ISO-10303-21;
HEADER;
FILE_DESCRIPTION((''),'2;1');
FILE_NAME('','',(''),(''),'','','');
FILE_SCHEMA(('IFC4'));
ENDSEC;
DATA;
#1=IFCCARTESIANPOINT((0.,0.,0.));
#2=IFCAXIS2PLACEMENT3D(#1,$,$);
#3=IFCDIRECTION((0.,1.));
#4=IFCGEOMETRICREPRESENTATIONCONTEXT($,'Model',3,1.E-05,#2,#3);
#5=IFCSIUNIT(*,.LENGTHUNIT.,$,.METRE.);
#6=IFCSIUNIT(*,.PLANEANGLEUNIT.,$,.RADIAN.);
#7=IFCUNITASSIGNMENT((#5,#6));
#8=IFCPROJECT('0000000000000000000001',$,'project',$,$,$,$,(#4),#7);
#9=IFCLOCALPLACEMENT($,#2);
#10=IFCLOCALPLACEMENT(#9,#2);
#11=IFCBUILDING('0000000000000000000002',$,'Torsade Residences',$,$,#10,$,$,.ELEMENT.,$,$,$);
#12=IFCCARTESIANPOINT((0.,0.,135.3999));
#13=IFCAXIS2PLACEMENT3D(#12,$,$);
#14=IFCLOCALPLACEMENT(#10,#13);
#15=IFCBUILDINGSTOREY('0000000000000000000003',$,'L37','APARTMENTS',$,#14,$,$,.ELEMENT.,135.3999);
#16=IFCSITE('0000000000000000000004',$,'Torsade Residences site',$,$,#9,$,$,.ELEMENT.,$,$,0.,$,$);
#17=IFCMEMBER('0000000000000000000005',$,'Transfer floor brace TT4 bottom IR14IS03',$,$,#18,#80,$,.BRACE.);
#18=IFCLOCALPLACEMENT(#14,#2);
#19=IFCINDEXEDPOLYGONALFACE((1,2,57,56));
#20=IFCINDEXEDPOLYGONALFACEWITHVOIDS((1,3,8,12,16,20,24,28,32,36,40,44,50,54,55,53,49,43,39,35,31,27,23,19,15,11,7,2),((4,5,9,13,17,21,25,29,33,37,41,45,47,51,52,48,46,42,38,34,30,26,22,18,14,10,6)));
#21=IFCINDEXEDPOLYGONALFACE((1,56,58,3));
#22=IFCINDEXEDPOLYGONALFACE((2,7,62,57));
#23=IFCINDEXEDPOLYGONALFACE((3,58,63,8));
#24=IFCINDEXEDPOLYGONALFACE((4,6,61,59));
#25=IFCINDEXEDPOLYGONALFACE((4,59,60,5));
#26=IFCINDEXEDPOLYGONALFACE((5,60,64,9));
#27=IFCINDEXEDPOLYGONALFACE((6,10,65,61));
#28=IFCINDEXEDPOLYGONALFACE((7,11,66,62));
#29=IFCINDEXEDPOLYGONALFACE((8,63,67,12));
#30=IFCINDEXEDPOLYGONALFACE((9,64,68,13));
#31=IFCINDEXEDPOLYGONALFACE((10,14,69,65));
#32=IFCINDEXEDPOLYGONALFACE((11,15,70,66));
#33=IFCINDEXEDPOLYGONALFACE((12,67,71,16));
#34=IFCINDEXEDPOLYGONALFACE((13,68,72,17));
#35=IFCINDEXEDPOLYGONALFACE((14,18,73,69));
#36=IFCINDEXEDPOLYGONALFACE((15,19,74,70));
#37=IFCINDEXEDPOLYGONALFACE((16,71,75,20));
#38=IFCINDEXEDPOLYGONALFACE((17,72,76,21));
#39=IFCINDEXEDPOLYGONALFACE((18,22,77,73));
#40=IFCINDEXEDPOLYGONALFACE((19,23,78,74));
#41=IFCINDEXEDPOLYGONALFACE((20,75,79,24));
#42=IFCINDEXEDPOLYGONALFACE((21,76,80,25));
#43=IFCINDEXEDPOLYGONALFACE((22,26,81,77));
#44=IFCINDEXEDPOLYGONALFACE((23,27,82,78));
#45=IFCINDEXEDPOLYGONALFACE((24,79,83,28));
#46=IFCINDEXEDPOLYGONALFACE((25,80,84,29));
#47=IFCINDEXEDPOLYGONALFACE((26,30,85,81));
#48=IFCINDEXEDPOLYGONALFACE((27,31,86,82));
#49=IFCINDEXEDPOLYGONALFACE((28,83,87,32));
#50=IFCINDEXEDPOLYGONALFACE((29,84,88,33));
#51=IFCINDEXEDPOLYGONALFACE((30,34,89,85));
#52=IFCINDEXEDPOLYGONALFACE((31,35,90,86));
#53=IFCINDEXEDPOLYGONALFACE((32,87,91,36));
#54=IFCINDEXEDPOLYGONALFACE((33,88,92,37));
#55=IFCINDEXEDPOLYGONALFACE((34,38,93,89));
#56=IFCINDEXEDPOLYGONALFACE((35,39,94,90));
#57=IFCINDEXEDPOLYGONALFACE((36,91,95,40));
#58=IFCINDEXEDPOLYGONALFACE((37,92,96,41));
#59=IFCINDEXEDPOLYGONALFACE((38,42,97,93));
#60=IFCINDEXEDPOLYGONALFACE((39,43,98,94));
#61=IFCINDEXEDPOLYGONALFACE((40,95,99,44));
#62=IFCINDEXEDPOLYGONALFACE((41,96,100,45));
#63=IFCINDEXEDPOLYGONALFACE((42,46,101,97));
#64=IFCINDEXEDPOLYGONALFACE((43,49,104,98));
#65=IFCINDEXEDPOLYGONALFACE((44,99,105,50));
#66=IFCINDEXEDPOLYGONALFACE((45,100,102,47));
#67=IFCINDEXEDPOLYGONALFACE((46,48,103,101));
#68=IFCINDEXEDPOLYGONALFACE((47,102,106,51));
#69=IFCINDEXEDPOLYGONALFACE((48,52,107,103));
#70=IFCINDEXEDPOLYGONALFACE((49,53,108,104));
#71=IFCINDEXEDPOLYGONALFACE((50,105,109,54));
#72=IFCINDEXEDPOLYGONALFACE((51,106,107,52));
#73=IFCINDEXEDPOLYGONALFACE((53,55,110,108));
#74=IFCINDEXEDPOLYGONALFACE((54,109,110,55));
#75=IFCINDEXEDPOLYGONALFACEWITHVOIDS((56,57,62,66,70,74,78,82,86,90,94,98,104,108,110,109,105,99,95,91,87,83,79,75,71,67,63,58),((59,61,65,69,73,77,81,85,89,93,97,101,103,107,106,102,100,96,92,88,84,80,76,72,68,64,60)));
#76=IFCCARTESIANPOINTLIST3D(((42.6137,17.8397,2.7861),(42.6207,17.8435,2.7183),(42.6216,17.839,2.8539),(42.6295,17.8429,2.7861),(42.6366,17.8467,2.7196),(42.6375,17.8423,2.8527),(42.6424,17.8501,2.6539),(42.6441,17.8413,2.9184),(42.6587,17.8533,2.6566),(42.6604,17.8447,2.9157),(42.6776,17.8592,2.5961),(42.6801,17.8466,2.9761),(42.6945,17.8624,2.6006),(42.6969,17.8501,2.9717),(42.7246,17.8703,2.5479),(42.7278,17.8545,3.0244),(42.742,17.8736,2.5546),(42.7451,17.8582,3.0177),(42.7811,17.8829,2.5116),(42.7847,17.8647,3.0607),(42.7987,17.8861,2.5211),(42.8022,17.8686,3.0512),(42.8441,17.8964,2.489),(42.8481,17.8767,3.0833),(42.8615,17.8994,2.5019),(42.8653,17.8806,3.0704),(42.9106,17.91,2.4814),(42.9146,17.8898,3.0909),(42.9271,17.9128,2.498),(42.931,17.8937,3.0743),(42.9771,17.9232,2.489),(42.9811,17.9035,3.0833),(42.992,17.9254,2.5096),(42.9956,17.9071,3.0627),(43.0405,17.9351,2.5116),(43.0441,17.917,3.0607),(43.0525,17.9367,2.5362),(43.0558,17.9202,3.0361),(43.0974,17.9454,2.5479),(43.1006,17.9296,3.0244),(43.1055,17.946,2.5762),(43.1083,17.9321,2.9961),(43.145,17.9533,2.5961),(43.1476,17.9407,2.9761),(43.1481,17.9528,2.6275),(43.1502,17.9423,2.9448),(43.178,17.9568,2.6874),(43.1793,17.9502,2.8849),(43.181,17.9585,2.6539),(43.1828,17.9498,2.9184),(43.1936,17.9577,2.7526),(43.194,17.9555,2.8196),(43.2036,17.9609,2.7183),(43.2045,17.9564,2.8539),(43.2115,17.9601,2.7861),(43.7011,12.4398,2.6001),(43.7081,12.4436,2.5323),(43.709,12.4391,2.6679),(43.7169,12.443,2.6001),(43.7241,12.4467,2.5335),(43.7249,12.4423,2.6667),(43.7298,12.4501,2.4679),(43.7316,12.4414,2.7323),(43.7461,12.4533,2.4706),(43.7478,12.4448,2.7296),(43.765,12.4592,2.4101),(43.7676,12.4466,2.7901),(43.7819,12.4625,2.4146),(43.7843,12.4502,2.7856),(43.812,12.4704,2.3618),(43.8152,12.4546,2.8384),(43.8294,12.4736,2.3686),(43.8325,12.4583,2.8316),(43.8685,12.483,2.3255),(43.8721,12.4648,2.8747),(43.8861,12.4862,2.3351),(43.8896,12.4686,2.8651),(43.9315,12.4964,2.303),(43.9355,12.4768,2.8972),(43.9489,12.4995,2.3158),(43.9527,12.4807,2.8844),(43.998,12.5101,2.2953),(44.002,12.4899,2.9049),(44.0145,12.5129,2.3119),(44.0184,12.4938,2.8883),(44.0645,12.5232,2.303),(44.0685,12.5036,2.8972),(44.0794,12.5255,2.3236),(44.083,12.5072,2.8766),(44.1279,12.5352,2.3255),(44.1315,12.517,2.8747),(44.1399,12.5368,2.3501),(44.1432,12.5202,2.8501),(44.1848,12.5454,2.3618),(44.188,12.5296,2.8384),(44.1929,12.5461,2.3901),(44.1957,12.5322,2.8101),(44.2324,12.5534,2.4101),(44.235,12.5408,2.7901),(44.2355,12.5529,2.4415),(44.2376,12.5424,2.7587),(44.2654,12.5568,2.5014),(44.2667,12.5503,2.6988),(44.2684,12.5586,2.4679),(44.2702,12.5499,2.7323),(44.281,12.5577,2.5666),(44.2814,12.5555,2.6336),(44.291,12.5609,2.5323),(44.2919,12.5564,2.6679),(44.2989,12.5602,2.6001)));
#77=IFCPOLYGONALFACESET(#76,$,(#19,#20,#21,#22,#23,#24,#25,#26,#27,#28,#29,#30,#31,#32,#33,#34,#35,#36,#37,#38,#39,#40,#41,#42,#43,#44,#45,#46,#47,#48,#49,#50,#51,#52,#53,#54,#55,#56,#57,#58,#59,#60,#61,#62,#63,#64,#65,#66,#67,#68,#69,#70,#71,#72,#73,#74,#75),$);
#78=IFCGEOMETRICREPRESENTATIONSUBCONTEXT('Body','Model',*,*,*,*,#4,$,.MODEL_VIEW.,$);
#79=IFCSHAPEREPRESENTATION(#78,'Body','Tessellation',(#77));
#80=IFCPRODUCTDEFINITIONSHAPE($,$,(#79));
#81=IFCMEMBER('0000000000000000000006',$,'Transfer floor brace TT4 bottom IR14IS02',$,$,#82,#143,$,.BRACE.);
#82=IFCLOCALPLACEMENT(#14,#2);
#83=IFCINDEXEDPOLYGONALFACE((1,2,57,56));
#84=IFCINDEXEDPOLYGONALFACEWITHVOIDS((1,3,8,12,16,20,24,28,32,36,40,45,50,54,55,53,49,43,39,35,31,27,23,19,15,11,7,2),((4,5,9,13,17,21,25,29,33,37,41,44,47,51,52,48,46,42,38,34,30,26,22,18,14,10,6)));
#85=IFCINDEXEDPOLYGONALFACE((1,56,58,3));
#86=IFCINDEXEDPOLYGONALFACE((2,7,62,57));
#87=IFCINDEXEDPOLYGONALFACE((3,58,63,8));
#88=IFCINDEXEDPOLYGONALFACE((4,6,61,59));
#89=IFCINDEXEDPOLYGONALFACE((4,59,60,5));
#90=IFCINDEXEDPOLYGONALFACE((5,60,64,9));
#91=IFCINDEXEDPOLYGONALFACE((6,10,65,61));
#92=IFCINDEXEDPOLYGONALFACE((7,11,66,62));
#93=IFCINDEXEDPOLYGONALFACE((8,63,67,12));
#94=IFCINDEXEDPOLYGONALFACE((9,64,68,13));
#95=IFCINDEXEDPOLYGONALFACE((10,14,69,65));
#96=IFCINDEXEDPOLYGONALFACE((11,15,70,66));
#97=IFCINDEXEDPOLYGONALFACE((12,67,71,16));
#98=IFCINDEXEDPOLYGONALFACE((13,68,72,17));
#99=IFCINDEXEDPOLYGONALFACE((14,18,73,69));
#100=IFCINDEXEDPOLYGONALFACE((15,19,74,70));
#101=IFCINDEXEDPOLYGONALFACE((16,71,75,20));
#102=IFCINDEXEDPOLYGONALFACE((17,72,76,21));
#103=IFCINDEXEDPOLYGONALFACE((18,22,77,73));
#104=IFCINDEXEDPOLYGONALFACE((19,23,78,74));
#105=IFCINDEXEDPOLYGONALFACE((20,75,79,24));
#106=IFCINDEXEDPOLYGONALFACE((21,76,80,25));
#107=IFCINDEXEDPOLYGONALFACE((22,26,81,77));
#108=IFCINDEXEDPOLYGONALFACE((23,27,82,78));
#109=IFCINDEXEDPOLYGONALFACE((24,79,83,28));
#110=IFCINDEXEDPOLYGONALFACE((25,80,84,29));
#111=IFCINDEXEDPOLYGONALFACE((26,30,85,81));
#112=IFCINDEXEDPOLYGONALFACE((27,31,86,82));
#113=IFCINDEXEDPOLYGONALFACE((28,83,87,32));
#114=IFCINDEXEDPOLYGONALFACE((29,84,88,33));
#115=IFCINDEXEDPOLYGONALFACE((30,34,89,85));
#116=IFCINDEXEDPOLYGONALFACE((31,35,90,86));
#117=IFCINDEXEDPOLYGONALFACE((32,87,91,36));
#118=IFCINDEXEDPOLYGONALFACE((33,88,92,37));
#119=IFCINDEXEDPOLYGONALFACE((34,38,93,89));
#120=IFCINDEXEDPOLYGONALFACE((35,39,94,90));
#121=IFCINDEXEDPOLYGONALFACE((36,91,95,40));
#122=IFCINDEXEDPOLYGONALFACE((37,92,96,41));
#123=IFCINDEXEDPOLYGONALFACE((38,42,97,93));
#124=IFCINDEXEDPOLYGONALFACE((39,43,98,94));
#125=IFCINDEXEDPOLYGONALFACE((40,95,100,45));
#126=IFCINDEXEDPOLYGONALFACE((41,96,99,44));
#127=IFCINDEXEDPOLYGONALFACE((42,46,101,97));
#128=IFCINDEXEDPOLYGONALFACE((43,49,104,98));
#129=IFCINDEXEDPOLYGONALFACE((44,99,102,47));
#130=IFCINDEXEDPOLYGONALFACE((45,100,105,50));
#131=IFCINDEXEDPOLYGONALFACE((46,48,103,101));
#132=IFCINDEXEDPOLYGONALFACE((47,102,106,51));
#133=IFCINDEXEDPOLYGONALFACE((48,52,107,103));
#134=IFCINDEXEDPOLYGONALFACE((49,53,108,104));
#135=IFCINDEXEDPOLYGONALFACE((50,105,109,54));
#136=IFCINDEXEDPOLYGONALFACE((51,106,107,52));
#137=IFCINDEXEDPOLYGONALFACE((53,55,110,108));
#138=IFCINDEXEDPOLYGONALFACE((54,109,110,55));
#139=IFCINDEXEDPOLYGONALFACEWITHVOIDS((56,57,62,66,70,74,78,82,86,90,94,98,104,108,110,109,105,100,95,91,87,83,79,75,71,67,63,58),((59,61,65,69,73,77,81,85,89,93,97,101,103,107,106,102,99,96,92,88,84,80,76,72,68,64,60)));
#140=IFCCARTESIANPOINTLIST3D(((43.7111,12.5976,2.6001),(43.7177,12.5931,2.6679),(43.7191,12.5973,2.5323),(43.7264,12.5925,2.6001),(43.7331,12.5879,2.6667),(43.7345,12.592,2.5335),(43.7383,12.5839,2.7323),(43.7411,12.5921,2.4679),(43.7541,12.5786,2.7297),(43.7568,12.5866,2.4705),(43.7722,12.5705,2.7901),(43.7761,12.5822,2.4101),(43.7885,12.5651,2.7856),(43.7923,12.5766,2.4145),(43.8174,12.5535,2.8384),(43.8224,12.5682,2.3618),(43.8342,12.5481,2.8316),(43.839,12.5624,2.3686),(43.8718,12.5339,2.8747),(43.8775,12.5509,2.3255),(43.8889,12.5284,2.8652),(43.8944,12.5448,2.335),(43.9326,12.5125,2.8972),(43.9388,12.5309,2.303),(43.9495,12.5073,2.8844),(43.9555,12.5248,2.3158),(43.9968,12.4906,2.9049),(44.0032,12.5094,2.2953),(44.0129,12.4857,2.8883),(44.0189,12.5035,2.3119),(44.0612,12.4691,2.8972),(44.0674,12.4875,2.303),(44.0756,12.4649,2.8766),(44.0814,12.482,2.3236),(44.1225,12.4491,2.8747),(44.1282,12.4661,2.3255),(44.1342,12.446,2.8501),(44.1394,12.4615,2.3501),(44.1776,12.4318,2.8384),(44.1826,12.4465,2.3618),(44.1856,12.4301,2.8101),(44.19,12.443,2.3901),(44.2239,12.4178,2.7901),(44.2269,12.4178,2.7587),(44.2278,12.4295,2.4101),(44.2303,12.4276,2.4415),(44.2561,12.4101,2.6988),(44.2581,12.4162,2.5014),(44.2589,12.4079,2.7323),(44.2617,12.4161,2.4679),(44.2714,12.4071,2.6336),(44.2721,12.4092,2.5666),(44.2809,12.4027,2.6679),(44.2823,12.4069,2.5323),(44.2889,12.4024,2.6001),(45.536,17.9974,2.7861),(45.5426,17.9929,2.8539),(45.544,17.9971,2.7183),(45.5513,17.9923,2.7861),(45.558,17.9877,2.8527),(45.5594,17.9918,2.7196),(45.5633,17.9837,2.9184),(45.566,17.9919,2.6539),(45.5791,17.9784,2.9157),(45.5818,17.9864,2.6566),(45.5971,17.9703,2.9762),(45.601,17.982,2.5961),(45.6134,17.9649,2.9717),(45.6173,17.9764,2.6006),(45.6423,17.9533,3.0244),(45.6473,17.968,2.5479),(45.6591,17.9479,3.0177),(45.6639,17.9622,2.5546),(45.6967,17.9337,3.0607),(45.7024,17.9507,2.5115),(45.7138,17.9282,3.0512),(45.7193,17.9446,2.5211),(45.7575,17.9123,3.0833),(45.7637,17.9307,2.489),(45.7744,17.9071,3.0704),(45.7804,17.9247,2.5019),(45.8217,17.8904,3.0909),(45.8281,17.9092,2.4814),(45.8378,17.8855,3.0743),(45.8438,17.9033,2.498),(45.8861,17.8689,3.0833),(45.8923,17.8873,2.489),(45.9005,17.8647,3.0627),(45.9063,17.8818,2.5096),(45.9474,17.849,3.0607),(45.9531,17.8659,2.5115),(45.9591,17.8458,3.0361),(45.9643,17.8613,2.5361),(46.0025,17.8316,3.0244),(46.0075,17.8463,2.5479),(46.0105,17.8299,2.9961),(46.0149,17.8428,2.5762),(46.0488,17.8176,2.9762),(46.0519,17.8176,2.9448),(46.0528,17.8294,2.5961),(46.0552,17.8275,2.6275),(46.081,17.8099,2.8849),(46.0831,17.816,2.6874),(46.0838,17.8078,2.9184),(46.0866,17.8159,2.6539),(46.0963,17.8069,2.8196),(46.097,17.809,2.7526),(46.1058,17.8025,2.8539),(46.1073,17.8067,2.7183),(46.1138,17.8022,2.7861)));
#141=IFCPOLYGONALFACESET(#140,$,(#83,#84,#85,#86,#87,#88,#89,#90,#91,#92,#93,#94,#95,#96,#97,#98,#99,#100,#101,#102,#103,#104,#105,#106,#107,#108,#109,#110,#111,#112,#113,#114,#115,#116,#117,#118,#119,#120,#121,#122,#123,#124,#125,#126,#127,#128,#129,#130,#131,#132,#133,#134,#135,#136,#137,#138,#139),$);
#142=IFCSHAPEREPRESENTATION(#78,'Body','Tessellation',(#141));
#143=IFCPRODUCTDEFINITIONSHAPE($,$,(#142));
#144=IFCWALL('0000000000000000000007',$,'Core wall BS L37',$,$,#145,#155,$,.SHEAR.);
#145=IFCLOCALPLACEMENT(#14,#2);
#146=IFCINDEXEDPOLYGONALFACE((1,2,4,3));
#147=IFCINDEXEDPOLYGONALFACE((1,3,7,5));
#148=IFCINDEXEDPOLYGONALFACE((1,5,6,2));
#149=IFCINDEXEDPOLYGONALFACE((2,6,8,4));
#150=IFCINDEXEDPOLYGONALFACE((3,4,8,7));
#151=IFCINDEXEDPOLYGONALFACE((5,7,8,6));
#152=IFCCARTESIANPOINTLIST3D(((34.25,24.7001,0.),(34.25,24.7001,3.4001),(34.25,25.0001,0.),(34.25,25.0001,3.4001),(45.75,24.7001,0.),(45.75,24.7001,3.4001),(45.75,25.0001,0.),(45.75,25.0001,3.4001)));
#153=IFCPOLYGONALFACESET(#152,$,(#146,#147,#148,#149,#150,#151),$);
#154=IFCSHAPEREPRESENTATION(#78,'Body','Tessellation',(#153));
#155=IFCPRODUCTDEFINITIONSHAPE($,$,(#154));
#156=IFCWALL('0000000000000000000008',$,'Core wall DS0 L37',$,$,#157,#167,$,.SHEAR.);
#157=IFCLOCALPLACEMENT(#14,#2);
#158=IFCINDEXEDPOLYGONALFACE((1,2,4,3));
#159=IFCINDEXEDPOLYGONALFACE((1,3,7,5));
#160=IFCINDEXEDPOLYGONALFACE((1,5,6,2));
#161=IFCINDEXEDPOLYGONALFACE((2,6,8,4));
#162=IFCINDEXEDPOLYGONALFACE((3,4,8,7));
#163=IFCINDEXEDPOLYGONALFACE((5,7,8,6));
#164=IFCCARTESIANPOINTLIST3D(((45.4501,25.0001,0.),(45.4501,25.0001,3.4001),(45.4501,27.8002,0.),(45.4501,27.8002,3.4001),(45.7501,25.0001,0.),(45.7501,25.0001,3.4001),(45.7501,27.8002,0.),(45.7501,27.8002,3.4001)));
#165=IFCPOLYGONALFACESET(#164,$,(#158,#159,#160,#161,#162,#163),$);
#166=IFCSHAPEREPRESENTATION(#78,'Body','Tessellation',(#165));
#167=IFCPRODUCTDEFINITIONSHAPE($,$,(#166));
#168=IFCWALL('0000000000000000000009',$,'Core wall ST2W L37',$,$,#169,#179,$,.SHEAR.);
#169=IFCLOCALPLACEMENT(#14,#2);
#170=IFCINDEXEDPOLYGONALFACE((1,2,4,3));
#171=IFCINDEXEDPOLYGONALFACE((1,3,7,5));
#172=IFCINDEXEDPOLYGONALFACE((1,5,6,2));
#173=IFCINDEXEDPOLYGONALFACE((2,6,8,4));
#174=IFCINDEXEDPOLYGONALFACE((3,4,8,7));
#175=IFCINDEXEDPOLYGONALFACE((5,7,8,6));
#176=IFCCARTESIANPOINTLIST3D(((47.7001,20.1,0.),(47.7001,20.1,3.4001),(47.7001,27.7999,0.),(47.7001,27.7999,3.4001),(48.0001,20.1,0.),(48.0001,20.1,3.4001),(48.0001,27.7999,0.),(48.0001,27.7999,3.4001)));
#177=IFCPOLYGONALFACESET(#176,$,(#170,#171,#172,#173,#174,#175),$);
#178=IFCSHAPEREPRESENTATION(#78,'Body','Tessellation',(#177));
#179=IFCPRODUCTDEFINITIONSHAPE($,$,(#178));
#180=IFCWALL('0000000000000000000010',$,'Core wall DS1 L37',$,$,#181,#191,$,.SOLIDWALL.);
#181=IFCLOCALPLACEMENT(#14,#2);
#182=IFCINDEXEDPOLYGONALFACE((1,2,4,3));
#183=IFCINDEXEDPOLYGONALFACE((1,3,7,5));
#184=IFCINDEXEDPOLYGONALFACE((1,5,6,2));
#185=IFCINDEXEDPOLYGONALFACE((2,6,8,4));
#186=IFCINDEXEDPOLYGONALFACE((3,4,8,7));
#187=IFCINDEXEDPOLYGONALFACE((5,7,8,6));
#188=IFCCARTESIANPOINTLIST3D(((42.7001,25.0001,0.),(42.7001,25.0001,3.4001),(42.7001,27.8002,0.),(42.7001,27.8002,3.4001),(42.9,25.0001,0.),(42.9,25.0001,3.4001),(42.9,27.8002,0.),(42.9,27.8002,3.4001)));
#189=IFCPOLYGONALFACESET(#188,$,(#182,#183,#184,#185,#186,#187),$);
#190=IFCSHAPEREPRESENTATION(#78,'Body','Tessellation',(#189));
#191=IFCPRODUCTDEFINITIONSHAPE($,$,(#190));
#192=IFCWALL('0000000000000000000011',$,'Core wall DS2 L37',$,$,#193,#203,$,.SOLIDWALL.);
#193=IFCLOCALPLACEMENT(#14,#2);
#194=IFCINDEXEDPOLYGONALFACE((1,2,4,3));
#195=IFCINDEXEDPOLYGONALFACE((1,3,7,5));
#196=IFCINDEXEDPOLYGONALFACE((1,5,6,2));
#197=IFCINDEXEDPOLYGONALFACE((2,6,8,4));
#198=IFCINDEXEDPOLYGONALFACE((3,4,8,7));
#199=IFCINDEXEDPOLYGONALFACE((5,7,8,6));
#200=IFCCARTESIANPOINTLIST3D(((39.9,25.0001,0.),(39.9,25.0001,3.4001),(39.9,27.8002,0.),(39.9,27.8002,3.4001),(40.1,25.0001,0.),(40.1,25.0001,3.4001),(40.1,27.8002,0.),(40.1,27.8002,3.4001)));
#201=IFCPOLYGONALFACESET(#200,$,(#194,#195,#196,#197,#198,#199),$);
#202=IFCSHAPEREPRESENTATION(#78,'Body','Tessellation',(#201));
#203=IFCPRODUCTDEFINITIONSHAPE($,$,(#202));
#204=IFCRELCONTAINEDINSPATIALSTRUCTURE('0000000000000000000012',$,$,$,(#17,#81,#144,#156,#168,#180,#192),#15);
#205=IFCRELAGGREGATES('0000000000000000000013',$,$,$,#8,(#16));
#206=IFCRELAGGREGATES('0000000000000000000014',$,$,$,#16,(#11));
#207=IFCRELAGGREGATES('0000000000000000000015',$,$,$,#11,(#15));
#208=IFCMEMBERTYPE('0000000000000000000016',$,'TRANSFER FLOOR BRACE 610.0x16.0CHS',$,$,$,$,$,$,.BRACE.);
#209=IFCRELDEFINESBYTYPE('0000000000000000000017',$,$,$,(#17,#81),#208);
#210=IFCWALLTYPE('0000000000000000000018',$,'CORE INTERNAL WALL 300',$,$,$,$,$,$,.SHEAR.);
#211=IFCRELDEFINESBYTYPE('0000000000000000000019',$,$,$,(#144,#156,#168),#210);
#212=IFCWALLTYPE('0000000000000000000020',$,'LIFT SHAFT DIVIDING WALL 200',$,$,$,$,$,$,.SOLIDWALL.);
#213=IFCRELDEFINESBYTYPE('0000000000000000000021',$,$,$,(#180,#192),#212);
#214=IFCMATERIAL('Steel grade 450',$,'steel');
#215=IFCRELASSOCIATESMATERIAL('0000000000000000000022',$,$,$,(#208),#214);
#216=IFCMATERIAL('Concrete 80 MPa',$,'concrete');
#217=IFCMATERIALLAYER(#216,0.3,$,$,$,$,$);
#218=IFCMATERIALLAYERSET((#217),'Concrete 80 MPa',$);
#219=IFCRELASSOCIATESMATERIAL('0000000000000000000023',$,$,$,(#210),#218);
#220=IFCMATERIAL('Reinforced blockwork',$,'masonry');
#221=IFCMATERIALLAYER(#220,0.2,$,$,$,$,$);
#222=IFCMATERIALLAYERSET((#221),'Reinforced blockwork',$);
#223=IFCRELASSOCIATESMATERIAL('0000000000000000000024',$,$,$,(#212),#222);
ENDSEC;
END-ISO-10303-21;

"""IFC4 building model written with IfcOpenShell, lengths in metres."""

from ifc_helpers import new_model, si_unit, direction, frame, frame_2d, origin, origin_2d, place, context, subcontext, project, spatial, rectangle, hollow_circle, extrude, material, layer, layer_set, material_profile, profile_set, type_object, element, save


model = new_model("IFC4")

# Units and contexts
model_context = context("Model", 3, precision=1e-05, world=origin(), true_north=direction((0.0, 1.0)))
body_context = subcontext(model_context, "Body", "Model", "MODEL_VIEW")
ifc_project = project(units=[si_unit("LENGTHUNIT", "METRE"), si_unit("PLANEANGLEUNIT", "RADIAN")], contexts=[model_context])

# Site, building, storey
site_placement = place(None, origin())
site = spatial("IfcSite", under=ifc_project, at=site_placement, Name="Torsade Residences site", CompositionType="ELEMENT", RefElevation=0.0)
building_placement = place(site_placement, origin())
building = spatial("IfcBuilding", under=site, at=building_placement, Name="Torsade Residences", CompositionType="ELEMENT")
storey_placement = place(building_placement, frame((0.0, 0.0, 135.3999)))
storey = spatial("IfcBuildingStorey", under=building, at=storey_placement, Name="L37", Description="APARTMENTS", CompositionType="ELEMENT", Elevation=135.3999)

# Members
ifc_material_1 = material(Name="Steel grade 450", Category="steel")
ifc_material_profile_1 = material_profile(ifc_material_1, hollow_circle(Radius=0.3049, WallThickness=0.0161, at=origin_2d()), Name="610.0x16.0CHS")
ifc_profile_set_1 = profile_set([ifc_material_profile_1], Name="Steel grade 450")
member_type = type_object("IfcMemberType", Name="TRANSFER FLOOR BRACE 610.0x16.0CHS", PredefinedType="BRACE", material=ifc_profile_set_1)
member_1_placement = place(storey_placement, frame((44.0, 12.5, 2.6001), z_axis=(-0.197299, 0.979762, 0.033754), x_axis=(-0.980321, -0.197412, 0.0)))
element("IfcMember", 1, at=member_1_placement, inside=storey, type_object=member_type, Name="Transfer floor brace TT4 bottom IR14IS03", PredefinedType="BRACE", context=body_context, shape_type="SweptSolid", body=[
    extrude(hollow_circle(Radius=0.3049, WallThickness=0.0161, at=origin_2d()), origin(), (0.0, 0.0, 1.0), 5.5115),
])
member_2_placement = place(storey_placement, frame((44.0, 12.5, 2.6001), z_axis=(0.319999, 0.946856, 0.032621), x_axis=(-0.94736, 0.32017, 0.0)))
element("IfcMember", 2, at=member_2_placement, inside=storey, type_object=member_type, Name="Transfer floor brace TT4 bottom IR14IS02", PredefinedType="BRACE", context=body_context, shape_type="SweptSolid", body=[
    extrude(hollow_circle(Radius=0.3049, WallThickness=0.0161, at=origin_2d()), origin(), (0.0, 0.0, 1.0), 5.7029),
])

# Walls
ifc_material_2 = material(Name="Concrete 80 MPa", Category="concrete")
ifc_layer_1 = layer(ifc_material_2, 0.3)
ifc_layer_set_1 = layer_set([ifc_layer_1], Name="Concrete 80 MPa")
wall_type_1 = type_object("IfcWallType", Name="CORE INTERNAL WALL 300", PredefinedType="SHEAR", material=ifc_layer_set_1)
wall_1_placement = place(storey_placement, frame((45.75, 24.8501, 0.0), z_axis=(0.0, 0.0, 1.0), x_axis=(-1.0, 0.0, 0.0)))
element("IfcWall", 3, at=wall_1_placement, inside=storey, type_object=wall_type_1, Name="Core wall BS L37", PredefinedType="SHEAR", context=body_context, shape_type="SweptSolid", body=[
    extrude(rectangle(XDim=11.5, YDim=0.3, at=frame_2d((5.75, 0.0))), origin(), (0.0, 0.0, 1.0), 3.4001),
])
wall_2_placement = place(storey_placement, frame((45.6001, 27.8, 0.0), z_axis=(0.0, 0.0, 1.0), x_axis=(0.0, -1.0, 0.0)))
element("IfcWall", 4, at=wall_2_placement, inside=storey, type_object=wall_type_1, Name="Core wall DS0 L37", PredefinedType="SHEAR", context=body_context, shape_type="SweptSolid", body=[
    extrude(rectangle(XDim=2.8, YDim=0.3, at=frame_2d((1.3999, 0.0))), origin(), (0.0, 0.0, 1.0), 3.4001),
])
wall_3_placement = place(storey_placement, frame((47.8501, 27.8, 0.0), z_axis=(0.0, 0.0, 1.0), x_axis=(0.0, -1.0, 0.0)))
element("IfcWall", 5, at=wall_3_placement, inside=storey, type_object=wall_type_1, Name="Core wall ST2W L37", PredefinedType="SHEAR", context=body_context, shape_type="SweptSolid", body=[
    extrude(rectangle(XDim=7.7, YDim=0.3, at=frame_2d((3.8501, 0.0))), origin(), (0.0, 0.0, 1.0), 3.4001),
])
ifc_material_3 = material(Name="Reinforced blockwork", Category="masonry")
ifc_layer_2 = layer(ifc_material_3, 0.2)
ifc_layer_set_2 = layer_set([ifc_layer_2], Name="Reinforced blockwork")
wall_type_2 = type_object("IfcWallType", Name="LIFT SHAFT DIVIDING WALL 200", PredefinedType="SOLIDWALL", material=ifc_layer_set_2)
for number, where, z_axis, x_axis, name in (
    (6, (42.8, 27.8, 0.0), (0.0, 0.0, 1.0), (0.0, -1.0, 0.0), "Core wall DS1 L37"),
    (7, (40.0, 27.8, 0.0), (0.0, 0.0, 1.0), (0.0, -1.0, 0.0), "Core wall DS2 L37"),
):
    element("IfcWall", number, at=place(storey_placement, frame(where, z_axis=z_axis, x_axis=x_axis)), inside=storey, type_object=wall_type_2, Name=name, PredefinedType="SOLIDWALL", context=body_context, shape_type="SweptSolid", body=[
        extrude(rectangle(XDim=2.8, YDim=0.2, at=frame_2d((1.3999, 0.0))), origin(), (0.0, 0.0, 1.0), 3.4001),
    ])

save(model, "model.ifc")
